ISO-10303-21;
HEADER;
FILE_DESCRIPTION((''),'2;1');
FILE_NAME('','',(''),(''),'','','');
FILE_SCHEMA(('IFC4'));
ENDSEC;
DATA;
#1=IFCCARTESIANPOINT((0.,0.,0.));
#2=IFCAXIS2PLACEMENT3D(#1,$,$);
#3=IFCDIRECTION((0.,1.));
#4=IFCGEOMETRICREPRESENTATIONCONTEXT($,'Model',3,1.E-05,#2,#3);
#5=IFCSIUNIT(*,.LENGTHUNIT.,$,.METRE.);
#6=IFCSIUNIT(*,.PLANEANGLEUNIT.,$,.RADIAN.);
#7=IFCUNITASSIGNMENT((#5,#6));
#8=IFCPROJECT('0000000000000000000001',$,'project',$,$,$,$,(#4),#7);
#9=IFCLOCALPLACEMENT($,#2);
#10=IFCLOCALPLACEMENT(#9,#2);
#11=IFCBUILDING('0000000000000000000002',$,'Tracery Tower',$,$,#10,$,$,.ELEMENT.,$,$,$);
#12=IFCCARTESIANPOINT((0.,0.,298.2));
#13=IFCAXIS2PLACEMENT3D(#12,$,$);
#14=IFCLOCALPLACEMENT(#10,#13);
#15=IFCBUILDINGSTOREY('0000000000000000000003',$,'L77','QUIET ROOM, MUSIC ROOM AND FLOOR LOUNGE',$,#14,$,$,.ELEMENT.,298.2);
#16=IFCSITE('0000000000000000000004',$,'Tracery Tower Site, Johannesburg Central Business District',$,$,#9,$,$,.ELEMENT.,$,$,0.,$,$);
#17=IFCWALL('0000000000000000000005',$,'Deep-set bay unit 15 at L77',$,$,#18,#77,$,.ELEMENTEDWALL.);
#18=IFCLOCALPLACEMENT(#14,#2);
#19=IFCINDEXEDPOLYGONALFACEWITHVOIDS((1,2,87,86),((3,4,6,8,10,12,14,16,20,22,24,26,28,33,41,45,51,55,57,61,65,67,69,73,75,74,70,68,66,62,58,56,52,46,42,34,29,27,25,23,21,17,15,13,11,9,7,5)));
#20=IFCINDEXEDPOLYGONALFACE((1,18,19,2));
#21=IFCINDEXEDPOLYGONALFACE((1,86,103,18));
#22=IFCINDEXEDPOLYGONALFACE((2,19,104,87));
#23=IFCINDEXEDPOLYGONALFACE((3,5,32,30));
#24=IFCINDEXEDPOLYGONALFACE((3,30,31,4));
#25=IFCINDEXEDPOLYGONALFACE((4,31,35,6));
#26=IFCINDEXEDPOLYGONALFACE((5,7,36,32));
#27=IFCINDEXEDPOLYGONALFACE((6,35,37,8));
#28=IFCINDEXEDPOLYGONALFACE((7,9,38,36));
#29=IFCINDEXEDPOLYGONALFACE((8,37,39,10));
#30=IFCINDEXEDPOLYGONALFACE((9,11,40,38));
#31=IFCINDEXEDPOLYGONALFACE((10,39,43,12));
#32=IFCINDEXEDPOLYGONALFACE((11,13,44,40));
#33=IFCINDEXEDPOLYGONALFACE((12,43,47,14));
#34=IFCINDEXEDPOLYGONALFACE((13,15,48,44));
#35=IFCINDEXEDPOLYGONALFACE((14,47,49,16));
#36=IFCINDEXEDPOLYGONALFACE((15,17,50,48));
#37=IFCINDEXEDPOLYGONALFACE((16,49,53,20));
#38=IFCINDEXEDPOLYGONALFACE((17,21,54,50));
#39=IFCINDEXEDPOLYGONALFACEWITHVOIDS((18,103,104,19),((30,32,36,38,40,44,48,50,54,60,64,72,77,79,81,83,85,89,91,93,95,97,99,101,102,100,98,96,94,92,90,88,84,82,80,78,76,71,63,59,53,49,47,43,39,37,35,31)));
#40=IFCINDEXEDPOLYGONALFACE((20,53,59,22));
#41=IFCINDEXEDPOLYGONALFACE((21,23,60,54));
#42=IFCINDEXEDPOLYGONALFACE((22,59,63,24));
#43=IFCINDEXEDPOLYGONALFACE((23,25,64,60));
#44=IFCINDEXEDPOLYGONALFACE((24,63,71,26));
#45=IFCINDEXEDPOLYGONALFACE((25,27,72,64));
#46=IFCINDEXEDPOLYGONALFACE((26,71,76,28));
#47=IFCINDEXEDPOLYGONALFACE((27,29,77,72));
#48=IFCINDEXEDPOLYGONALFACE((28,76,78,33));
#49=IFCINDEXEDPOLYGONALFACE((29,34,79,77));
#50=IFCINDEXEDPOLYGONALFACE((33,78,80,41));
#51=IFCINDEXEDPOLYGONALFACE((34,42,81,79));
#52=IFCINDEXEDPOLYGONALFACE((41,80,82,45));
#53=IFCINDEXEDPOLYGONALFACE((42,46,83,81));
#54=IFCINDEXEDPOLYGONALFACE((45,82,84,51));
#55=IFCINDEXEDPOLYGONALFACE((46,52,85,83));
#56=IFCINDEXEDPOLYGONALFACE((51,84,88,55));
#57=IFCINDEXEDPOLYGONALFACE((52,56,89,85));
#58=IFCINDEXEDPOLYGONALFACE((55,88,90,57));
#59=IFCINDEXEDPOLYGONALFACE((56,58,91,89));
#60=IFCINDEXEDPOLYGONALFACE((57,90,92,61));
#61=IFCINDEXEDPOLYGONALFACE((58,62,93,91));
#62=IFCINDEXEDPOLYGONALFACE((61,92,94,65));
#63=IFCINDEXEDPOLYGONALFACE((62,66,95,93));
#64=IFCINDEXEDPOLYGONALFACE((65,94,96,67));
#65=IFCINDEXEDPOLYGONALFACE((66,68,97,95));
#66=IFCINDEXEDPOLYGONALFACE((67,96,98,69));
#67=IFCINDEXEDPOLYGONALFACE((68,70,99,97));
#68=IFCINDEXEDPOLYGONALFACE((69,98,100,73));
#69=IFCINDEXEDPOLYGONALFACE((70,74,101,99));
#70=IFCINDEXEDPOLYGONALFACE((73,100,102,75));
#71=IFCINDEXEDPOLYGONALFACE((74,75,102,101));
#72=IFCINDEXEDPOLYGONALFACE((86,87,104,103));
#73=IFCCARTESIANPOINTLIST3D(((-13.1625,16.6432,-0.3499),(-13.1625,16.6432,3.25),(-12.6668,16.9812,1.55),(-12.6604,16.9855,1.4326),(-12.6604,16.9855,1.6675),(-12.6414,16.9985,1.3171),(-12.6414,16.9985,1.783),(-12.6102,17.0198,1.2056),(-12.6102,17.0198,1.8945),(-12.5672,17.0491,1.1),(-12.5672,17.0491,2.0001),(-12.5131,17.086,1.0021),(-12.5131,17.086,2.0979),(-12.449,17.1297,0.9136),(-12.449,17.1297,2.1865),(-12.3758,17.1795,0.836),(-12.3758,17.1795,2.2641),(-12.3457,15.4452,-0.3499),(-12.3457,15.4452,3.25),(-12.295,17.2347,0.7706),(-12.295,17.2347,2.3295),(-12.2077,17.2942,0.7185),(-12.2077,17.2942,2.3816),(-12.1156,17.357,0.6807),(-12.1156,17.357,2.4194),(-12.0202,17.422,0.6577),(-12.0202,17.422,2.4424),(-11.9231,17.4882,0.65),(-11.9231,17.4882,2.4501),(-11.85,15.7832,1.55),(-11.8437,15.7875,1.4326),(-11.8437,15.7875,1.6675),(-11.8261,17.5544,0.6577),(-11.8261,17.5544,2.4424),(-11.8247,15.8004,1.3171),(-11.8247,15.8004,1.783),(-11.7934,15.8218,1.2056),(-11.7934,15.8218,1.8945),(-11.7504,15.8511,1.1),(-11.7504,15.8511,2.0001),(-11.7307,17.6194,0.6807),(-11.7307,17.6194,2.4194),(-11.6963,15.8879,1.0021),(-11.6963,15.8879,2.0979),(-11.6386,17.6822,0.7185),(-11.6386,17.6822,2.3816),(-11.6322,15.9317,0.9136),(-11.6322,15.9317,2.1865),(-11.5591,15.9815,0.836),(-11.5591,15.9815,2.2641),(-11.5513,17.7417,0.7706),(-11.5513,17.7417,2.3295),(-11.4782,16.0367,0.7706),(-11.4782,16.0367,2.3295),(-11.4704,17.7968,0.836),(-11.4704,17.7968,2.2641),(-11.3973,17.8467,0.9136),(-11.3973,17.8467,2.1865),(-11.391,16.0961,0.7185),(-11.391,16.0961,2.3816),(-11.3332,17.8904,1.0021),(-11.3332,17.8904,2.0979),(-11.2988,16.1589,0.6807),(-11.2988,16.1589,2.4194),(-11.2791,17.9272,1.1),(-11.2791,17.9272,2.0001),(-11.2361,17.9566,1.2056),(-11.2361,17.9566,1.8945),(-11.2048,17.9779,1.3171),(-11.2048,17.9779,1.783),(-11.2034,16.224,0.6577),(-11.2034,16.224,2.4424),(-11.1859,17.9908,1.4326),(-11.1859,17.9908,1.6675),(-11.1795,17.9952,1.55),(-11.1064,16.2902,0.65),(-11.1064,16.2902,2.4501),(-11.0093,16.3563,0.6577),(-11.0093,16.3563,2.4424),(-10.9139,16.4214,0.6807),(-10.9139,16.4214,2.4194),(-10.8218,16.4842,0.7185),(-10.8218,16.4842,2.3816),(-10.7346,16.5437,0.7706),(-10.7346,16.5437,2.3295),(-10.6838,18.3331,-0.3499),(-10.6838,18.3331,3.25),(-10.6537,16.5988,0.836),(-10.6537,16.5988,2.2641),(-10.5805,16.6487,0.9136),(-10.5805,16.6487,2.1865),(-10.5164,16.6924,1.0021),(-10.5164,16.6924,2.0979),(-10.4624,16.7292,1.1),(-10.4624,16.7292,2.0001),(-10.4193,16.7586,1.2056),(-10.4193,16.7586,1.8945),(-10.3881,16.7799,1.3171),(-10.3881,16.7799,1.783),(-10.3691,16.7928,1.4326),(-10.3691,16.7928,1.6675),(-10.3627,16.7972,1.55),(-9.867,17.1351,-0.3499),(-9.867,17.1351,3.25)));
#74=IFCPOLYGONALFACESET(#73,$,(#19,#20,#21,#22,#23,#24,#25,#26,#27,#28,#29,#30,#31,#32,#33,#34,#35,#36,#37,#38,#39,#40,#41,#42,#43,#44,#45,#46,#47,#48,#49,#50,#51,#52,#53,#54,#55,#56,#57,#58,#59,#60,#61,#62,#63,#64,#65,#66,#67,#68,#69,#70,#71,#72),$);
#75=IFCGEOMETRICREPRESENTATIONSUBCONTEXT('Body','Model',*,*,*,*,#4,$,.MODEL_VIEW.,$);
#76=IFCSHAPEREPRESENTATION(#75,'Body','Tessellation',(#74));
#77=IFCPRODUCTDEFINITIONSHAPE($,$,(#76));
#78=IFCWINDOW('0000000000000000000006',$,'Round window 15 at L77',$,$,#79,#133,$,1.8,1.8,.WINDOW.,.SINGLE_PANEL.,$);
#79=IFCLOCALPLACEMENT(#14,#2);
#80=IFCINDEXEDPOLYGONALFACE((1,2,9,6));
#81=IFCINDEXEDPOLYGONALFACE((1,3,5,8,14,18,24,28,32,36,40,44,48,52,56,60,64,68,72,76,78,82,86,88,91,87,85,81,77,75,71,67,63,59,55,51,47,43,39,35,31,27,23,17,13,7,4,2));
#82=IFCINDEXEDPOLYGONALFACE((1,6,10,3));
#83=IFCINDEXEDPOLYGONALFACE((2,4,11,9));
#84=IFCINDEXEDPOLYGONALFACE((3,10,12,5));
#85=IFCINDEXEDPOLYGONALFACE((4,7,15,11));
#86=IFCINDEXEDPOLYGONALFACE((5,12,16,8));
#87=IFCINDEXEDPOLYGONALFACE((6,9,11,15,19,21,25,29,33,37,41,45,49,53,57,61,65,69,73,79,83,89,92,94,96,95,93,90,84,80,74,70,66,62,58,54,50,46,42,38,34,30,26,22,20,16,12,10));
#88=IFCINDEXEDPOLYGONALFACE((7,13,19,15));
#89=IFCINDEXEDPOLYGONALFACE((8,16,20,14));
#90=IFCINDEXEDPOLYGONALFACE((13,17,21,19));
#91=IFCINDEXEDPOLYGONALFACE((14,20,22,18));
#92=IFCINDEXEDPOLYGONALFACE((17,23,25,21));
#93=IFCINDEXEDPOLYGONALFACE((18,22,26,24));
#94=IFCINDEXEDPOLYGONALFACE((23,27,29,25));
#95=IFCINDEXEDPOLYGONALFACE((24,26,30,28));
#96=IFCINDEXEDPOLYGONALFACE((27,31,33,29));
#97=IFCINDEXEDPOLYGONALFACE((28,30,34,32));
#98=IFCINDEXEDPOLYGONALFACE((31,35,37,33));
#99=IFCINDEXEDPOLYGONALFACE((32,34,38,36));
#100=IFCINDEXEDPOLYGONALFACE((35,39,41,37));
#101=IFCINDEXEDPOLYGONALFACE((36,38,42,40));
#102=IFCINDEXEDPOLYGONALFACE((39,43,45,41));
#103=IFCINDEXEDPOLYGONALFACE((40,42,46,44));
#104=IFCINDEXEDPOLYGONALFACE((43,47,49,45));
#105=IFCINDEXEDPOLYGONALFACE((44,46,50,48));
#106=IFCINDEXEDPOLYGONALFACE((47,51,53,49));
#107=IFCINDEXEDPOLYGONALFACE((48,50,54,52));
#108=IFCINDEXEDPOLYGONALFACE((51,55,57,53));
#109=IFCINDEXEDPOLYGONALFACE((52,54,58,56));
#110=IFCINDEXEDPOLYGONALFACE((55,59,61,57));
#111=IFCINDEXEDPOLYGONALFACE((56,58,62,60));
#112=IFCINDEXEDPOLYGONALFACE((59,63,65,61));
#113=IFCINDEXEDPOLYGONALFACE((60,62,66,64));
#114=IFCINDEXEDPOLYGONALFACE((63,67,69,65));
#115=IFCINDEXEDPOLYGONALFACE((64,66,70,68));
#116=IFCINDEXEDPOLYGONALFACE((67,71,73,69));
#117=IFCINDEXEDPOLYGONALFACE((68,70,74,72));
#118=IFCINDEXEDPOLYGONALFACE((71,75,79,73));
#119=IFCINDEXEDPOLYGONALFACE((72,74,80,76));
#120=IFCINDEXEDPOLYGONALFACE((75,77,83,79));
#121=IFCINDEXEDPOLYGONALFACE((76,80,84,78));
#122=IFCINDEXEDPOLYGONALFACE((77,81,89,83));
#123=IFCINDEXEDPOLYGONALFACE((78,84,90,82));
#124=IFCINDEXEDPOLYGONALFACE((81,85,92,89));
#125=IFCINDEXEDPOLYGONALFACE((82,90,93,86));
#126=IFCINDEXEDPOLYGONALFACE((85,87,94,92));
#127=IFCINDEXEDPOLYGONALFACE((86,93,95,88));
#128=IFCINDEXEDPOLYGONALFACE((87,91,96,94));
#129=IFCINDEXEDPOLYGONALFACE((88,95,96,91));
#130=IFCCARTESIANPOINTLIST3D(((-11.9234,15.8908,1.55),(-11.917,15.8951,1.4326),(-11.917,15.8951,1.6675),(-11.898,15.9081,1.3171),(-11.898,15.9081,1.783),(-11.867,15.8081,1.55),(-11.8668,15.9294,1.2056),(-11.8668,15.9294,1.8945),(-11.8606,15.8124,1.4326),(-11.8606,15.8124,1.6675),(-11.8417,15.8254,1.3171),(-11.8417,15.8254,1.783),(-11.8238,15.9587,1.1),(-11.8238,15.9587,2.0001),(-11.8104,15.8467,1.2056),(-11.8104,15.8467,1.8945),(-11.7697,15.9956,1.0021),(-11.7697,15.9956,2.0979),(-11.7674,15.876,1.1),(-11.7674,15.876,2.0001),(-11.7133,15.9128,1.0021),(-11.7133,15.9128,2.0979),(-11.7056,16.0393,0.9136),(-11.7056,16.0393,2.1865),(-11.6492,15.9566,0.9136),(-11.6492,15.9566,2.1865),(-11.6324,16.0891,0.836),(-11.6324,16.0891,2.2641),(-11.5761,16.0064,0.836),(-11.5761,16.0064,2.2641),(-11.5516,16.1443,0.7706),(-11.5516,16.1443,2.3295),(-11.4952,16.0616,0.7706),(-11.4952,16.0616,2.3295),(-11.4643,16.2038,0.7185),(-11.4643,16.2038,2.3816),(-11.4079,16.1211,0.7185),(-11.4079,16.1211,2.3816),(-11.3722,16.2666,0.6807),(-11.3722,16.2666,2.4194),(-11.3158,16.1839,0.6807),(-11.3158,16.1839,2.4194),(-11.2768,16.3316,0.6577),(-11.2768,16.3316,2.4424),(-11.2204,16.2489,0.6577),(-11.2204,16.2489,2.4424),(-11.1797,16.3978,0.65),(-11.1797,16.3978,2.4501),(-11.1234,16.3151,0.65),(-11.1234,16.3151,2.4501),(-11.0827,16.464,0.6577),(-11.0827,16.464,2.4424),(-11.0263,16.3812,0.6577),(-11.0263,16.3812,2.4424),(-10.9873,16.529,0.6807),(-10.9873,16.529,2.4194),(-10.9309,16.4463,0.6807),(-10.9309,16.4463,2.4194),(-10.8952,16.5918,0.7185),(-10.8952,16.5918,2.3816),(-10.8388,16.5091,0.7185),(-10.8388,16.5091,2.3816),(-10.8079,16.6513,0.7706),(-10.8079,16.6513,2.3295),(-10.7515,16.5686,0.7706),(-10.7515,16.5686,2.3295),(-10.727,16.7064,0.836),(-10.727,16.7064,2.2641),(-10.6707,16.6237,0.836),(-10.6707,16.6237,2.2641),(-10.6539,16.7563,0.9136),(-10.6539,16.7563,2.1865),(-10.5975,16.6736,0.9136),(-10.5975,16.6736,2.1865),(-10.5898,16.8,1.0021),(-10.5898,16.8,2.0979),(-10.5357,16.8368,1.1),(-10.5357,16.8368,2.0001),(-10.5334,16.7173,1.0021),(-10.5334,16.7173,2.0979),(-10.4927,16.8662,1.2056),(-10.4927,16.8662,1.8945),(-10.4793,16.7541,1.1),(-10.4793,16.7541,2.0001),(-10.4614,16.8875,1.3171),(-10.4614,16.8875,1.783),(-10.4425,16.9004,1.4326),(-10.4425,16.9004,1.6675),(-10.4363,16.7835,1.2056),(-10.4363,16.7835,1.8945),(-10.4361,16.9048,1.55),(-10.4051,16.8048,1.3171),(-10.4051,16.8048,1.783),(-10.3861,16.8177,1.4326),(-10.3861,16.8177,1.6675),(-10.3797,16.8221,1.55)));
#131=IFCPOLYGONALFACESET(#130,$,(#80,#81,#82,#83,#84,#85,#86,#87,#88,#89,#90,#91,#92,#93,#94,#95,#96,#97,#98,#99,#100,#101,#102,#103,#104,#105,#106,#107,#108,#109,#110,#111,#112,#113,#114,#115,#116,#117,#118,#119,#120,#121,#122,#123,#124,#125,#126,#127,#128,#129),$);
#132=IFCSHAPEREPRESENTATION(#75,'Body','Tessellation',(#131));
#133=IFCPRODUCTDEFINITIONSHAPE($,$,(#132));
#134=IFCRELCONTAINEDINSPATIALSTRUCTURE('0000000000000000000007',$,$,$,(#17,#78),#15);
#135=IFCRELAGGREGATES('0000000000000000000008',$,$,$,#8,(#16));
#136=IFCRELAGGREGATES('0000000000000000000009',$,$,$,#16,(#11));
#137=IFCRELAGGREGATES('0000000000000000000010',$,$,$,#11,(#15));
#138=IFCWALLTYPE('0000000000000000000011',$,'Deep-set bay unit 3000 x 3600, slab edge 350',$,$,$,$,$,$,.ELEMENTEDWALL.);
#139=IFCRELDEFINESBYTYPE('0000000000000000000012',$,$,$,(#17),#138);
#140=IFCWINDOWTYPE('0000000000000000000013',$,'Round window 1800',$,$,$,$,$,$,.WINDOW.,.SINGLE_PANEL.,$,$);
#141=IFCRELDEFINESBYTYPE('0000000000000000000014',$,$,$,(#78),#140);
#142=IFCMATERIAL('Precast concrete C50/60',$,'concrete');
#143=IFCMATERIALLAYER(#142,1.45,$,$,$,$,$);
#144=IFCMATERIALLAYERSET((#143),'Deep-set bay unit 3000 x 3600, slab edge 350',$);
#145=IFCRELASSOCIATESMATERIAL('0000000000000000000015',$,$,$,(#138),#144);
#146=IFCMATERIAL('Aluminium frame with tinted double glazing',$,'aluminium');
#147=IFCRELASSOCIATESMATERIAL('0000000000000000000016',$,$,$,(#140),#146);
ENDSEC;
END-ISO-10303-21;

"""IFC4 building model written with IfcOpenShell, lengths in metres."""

from ifc_helpers import new_model, si_unit, direction, frame, frame_2d, origin, origin_2d, place, context, subcontext, project, spatial, rectangle, circle, extrude, material, layer, layer_set, type_object, element, fill, save


model = new_model("IFC4")

# Units and contexts
model_context = context("Model", 3, precision=1e-05, world=origin(), true_north=direction((0.0, 1.0)))
body_context = subcontext(model_context, "Body", "Model", "MODEL_VIEW")
ifc_project = project(units=[si_unit("LENGTHUNIT", "METRE"), si_unit("PLANEANGLEUNIT", "RADIAN")], contexts=[model_context])

# Site, building, storey
site_placement = place(None, origin())
site = spatial("IfcSite", under=ifc_project, at=site_placement, Name="Tracery Tower Site, Johannesburg Central Business District", CompositionType="ELEMENT", RefElevation=0.0)
building_placement = place(site_placement, origin())
building = spatial("IfcBuilding", under=site, at=building_placement, Name="Tracery Tower", CompositionType="ELEMENT")
storey_placement = place(building_placement, frame((0.0, 0.0, 298.2)))
storey = spatial("IfcBuildingStorey", under=building, at=storey_placement, Name="L77", Description="QUIET ROOM, MUSIC ROOM AND FLOOR LOUNGE", CompositionType="ELEMENT", Elevation=298.2)

# Wall, opening, window
ifc_material_1 = material(Name="Precast concrete C50/60", Category="concrete")
ifc_layer_1 = layer(ifc_material_1, 1.45)
ifc_layer_set_1 = layer_set([ifc_layer_1], Name="Deep-set bay unit 3000 x 3600, slab edge 350")
wall_type_1 = type_object("IfcWallType", Name="Deep-set bay unit 3000 x 3600, slab edge 350", PredefinedType="ELEMENTEDWALL", material=ifc_layer_set_1)
wall_1_placement = place(storey_placement, frame((-10.2754, 17.7341, -0.3499), z_axis=(0.0, 0.0, 1.0), x_axis=(-0.826246, -0.563309, 0.0)))
wall_1 = element("IfcWall", 1, at=wall_1_placement, inside=storey, type_object=wall_type_1, Name="Deep-set bay unit 15 at L77", PredefinedType="ELEMENTEDWALL", context=body_context, shape_type="SweptSolid", body=[
    extrude(rectangle(XDim=3.0, YDim=1.45, at=frame_2d((1.5, 0.0))), origin(), (0.0, 0.0, 1.0), 3.5999),
])
opening_1_placement = place(wall_1_placement, frame((1.5, 0.0, 1.8999)))
opening_1 = element("IfcOpeningElement", 2, at=opening_1_placement, cuts=wall_1, PredefinedType="OPENING", context=body_context, shape_type="SweptSolid", body=[
    extrude(circle(Radius=0.9, at=origin_2d()), frame((0.0, 0.7349, 0.0), z_axis=(0.0, -1.0, 0.0), x_axis=(1.0, 0.0, 0.0)), (0.0, 0.0, 1.0), 1.47),
])
ifc_material_2 = material(Name="Aluminium frame with tinted double glazing", Category="aluminium")
window_type = type_object("IfcWindowType", Name="Round window 1800", PartitioningType="SINGLE_PANEL", PredefinedType="WINDOW", material=ifc_material_2)
window_1_placement = place(opening_1_placement, origin())
window_1 = element("IfcWindow", 3, at=window_1_placement, inside=storey, type_object=window_type, Name="Round window 15 at L77", OverallHeight=1.8, OverallWidth=1.8, PartitioningType="SINGLE_PANEL", PredefinedType="WINDOW", context=body_context, shape_type="SweptSolid", body=[
    extrude(circle(Radius=0.9, at=origin_2d()), frame((0.0, 0.6948, 0.0), z_axis=(0.0, -1.0, 0.0), x_axis=(1.0, 0.0, 0.0)), (0.0, 0.0, 1.0), 0.1001),
])
fill(opening_1, window_1)

save(model, "model.ifc")
